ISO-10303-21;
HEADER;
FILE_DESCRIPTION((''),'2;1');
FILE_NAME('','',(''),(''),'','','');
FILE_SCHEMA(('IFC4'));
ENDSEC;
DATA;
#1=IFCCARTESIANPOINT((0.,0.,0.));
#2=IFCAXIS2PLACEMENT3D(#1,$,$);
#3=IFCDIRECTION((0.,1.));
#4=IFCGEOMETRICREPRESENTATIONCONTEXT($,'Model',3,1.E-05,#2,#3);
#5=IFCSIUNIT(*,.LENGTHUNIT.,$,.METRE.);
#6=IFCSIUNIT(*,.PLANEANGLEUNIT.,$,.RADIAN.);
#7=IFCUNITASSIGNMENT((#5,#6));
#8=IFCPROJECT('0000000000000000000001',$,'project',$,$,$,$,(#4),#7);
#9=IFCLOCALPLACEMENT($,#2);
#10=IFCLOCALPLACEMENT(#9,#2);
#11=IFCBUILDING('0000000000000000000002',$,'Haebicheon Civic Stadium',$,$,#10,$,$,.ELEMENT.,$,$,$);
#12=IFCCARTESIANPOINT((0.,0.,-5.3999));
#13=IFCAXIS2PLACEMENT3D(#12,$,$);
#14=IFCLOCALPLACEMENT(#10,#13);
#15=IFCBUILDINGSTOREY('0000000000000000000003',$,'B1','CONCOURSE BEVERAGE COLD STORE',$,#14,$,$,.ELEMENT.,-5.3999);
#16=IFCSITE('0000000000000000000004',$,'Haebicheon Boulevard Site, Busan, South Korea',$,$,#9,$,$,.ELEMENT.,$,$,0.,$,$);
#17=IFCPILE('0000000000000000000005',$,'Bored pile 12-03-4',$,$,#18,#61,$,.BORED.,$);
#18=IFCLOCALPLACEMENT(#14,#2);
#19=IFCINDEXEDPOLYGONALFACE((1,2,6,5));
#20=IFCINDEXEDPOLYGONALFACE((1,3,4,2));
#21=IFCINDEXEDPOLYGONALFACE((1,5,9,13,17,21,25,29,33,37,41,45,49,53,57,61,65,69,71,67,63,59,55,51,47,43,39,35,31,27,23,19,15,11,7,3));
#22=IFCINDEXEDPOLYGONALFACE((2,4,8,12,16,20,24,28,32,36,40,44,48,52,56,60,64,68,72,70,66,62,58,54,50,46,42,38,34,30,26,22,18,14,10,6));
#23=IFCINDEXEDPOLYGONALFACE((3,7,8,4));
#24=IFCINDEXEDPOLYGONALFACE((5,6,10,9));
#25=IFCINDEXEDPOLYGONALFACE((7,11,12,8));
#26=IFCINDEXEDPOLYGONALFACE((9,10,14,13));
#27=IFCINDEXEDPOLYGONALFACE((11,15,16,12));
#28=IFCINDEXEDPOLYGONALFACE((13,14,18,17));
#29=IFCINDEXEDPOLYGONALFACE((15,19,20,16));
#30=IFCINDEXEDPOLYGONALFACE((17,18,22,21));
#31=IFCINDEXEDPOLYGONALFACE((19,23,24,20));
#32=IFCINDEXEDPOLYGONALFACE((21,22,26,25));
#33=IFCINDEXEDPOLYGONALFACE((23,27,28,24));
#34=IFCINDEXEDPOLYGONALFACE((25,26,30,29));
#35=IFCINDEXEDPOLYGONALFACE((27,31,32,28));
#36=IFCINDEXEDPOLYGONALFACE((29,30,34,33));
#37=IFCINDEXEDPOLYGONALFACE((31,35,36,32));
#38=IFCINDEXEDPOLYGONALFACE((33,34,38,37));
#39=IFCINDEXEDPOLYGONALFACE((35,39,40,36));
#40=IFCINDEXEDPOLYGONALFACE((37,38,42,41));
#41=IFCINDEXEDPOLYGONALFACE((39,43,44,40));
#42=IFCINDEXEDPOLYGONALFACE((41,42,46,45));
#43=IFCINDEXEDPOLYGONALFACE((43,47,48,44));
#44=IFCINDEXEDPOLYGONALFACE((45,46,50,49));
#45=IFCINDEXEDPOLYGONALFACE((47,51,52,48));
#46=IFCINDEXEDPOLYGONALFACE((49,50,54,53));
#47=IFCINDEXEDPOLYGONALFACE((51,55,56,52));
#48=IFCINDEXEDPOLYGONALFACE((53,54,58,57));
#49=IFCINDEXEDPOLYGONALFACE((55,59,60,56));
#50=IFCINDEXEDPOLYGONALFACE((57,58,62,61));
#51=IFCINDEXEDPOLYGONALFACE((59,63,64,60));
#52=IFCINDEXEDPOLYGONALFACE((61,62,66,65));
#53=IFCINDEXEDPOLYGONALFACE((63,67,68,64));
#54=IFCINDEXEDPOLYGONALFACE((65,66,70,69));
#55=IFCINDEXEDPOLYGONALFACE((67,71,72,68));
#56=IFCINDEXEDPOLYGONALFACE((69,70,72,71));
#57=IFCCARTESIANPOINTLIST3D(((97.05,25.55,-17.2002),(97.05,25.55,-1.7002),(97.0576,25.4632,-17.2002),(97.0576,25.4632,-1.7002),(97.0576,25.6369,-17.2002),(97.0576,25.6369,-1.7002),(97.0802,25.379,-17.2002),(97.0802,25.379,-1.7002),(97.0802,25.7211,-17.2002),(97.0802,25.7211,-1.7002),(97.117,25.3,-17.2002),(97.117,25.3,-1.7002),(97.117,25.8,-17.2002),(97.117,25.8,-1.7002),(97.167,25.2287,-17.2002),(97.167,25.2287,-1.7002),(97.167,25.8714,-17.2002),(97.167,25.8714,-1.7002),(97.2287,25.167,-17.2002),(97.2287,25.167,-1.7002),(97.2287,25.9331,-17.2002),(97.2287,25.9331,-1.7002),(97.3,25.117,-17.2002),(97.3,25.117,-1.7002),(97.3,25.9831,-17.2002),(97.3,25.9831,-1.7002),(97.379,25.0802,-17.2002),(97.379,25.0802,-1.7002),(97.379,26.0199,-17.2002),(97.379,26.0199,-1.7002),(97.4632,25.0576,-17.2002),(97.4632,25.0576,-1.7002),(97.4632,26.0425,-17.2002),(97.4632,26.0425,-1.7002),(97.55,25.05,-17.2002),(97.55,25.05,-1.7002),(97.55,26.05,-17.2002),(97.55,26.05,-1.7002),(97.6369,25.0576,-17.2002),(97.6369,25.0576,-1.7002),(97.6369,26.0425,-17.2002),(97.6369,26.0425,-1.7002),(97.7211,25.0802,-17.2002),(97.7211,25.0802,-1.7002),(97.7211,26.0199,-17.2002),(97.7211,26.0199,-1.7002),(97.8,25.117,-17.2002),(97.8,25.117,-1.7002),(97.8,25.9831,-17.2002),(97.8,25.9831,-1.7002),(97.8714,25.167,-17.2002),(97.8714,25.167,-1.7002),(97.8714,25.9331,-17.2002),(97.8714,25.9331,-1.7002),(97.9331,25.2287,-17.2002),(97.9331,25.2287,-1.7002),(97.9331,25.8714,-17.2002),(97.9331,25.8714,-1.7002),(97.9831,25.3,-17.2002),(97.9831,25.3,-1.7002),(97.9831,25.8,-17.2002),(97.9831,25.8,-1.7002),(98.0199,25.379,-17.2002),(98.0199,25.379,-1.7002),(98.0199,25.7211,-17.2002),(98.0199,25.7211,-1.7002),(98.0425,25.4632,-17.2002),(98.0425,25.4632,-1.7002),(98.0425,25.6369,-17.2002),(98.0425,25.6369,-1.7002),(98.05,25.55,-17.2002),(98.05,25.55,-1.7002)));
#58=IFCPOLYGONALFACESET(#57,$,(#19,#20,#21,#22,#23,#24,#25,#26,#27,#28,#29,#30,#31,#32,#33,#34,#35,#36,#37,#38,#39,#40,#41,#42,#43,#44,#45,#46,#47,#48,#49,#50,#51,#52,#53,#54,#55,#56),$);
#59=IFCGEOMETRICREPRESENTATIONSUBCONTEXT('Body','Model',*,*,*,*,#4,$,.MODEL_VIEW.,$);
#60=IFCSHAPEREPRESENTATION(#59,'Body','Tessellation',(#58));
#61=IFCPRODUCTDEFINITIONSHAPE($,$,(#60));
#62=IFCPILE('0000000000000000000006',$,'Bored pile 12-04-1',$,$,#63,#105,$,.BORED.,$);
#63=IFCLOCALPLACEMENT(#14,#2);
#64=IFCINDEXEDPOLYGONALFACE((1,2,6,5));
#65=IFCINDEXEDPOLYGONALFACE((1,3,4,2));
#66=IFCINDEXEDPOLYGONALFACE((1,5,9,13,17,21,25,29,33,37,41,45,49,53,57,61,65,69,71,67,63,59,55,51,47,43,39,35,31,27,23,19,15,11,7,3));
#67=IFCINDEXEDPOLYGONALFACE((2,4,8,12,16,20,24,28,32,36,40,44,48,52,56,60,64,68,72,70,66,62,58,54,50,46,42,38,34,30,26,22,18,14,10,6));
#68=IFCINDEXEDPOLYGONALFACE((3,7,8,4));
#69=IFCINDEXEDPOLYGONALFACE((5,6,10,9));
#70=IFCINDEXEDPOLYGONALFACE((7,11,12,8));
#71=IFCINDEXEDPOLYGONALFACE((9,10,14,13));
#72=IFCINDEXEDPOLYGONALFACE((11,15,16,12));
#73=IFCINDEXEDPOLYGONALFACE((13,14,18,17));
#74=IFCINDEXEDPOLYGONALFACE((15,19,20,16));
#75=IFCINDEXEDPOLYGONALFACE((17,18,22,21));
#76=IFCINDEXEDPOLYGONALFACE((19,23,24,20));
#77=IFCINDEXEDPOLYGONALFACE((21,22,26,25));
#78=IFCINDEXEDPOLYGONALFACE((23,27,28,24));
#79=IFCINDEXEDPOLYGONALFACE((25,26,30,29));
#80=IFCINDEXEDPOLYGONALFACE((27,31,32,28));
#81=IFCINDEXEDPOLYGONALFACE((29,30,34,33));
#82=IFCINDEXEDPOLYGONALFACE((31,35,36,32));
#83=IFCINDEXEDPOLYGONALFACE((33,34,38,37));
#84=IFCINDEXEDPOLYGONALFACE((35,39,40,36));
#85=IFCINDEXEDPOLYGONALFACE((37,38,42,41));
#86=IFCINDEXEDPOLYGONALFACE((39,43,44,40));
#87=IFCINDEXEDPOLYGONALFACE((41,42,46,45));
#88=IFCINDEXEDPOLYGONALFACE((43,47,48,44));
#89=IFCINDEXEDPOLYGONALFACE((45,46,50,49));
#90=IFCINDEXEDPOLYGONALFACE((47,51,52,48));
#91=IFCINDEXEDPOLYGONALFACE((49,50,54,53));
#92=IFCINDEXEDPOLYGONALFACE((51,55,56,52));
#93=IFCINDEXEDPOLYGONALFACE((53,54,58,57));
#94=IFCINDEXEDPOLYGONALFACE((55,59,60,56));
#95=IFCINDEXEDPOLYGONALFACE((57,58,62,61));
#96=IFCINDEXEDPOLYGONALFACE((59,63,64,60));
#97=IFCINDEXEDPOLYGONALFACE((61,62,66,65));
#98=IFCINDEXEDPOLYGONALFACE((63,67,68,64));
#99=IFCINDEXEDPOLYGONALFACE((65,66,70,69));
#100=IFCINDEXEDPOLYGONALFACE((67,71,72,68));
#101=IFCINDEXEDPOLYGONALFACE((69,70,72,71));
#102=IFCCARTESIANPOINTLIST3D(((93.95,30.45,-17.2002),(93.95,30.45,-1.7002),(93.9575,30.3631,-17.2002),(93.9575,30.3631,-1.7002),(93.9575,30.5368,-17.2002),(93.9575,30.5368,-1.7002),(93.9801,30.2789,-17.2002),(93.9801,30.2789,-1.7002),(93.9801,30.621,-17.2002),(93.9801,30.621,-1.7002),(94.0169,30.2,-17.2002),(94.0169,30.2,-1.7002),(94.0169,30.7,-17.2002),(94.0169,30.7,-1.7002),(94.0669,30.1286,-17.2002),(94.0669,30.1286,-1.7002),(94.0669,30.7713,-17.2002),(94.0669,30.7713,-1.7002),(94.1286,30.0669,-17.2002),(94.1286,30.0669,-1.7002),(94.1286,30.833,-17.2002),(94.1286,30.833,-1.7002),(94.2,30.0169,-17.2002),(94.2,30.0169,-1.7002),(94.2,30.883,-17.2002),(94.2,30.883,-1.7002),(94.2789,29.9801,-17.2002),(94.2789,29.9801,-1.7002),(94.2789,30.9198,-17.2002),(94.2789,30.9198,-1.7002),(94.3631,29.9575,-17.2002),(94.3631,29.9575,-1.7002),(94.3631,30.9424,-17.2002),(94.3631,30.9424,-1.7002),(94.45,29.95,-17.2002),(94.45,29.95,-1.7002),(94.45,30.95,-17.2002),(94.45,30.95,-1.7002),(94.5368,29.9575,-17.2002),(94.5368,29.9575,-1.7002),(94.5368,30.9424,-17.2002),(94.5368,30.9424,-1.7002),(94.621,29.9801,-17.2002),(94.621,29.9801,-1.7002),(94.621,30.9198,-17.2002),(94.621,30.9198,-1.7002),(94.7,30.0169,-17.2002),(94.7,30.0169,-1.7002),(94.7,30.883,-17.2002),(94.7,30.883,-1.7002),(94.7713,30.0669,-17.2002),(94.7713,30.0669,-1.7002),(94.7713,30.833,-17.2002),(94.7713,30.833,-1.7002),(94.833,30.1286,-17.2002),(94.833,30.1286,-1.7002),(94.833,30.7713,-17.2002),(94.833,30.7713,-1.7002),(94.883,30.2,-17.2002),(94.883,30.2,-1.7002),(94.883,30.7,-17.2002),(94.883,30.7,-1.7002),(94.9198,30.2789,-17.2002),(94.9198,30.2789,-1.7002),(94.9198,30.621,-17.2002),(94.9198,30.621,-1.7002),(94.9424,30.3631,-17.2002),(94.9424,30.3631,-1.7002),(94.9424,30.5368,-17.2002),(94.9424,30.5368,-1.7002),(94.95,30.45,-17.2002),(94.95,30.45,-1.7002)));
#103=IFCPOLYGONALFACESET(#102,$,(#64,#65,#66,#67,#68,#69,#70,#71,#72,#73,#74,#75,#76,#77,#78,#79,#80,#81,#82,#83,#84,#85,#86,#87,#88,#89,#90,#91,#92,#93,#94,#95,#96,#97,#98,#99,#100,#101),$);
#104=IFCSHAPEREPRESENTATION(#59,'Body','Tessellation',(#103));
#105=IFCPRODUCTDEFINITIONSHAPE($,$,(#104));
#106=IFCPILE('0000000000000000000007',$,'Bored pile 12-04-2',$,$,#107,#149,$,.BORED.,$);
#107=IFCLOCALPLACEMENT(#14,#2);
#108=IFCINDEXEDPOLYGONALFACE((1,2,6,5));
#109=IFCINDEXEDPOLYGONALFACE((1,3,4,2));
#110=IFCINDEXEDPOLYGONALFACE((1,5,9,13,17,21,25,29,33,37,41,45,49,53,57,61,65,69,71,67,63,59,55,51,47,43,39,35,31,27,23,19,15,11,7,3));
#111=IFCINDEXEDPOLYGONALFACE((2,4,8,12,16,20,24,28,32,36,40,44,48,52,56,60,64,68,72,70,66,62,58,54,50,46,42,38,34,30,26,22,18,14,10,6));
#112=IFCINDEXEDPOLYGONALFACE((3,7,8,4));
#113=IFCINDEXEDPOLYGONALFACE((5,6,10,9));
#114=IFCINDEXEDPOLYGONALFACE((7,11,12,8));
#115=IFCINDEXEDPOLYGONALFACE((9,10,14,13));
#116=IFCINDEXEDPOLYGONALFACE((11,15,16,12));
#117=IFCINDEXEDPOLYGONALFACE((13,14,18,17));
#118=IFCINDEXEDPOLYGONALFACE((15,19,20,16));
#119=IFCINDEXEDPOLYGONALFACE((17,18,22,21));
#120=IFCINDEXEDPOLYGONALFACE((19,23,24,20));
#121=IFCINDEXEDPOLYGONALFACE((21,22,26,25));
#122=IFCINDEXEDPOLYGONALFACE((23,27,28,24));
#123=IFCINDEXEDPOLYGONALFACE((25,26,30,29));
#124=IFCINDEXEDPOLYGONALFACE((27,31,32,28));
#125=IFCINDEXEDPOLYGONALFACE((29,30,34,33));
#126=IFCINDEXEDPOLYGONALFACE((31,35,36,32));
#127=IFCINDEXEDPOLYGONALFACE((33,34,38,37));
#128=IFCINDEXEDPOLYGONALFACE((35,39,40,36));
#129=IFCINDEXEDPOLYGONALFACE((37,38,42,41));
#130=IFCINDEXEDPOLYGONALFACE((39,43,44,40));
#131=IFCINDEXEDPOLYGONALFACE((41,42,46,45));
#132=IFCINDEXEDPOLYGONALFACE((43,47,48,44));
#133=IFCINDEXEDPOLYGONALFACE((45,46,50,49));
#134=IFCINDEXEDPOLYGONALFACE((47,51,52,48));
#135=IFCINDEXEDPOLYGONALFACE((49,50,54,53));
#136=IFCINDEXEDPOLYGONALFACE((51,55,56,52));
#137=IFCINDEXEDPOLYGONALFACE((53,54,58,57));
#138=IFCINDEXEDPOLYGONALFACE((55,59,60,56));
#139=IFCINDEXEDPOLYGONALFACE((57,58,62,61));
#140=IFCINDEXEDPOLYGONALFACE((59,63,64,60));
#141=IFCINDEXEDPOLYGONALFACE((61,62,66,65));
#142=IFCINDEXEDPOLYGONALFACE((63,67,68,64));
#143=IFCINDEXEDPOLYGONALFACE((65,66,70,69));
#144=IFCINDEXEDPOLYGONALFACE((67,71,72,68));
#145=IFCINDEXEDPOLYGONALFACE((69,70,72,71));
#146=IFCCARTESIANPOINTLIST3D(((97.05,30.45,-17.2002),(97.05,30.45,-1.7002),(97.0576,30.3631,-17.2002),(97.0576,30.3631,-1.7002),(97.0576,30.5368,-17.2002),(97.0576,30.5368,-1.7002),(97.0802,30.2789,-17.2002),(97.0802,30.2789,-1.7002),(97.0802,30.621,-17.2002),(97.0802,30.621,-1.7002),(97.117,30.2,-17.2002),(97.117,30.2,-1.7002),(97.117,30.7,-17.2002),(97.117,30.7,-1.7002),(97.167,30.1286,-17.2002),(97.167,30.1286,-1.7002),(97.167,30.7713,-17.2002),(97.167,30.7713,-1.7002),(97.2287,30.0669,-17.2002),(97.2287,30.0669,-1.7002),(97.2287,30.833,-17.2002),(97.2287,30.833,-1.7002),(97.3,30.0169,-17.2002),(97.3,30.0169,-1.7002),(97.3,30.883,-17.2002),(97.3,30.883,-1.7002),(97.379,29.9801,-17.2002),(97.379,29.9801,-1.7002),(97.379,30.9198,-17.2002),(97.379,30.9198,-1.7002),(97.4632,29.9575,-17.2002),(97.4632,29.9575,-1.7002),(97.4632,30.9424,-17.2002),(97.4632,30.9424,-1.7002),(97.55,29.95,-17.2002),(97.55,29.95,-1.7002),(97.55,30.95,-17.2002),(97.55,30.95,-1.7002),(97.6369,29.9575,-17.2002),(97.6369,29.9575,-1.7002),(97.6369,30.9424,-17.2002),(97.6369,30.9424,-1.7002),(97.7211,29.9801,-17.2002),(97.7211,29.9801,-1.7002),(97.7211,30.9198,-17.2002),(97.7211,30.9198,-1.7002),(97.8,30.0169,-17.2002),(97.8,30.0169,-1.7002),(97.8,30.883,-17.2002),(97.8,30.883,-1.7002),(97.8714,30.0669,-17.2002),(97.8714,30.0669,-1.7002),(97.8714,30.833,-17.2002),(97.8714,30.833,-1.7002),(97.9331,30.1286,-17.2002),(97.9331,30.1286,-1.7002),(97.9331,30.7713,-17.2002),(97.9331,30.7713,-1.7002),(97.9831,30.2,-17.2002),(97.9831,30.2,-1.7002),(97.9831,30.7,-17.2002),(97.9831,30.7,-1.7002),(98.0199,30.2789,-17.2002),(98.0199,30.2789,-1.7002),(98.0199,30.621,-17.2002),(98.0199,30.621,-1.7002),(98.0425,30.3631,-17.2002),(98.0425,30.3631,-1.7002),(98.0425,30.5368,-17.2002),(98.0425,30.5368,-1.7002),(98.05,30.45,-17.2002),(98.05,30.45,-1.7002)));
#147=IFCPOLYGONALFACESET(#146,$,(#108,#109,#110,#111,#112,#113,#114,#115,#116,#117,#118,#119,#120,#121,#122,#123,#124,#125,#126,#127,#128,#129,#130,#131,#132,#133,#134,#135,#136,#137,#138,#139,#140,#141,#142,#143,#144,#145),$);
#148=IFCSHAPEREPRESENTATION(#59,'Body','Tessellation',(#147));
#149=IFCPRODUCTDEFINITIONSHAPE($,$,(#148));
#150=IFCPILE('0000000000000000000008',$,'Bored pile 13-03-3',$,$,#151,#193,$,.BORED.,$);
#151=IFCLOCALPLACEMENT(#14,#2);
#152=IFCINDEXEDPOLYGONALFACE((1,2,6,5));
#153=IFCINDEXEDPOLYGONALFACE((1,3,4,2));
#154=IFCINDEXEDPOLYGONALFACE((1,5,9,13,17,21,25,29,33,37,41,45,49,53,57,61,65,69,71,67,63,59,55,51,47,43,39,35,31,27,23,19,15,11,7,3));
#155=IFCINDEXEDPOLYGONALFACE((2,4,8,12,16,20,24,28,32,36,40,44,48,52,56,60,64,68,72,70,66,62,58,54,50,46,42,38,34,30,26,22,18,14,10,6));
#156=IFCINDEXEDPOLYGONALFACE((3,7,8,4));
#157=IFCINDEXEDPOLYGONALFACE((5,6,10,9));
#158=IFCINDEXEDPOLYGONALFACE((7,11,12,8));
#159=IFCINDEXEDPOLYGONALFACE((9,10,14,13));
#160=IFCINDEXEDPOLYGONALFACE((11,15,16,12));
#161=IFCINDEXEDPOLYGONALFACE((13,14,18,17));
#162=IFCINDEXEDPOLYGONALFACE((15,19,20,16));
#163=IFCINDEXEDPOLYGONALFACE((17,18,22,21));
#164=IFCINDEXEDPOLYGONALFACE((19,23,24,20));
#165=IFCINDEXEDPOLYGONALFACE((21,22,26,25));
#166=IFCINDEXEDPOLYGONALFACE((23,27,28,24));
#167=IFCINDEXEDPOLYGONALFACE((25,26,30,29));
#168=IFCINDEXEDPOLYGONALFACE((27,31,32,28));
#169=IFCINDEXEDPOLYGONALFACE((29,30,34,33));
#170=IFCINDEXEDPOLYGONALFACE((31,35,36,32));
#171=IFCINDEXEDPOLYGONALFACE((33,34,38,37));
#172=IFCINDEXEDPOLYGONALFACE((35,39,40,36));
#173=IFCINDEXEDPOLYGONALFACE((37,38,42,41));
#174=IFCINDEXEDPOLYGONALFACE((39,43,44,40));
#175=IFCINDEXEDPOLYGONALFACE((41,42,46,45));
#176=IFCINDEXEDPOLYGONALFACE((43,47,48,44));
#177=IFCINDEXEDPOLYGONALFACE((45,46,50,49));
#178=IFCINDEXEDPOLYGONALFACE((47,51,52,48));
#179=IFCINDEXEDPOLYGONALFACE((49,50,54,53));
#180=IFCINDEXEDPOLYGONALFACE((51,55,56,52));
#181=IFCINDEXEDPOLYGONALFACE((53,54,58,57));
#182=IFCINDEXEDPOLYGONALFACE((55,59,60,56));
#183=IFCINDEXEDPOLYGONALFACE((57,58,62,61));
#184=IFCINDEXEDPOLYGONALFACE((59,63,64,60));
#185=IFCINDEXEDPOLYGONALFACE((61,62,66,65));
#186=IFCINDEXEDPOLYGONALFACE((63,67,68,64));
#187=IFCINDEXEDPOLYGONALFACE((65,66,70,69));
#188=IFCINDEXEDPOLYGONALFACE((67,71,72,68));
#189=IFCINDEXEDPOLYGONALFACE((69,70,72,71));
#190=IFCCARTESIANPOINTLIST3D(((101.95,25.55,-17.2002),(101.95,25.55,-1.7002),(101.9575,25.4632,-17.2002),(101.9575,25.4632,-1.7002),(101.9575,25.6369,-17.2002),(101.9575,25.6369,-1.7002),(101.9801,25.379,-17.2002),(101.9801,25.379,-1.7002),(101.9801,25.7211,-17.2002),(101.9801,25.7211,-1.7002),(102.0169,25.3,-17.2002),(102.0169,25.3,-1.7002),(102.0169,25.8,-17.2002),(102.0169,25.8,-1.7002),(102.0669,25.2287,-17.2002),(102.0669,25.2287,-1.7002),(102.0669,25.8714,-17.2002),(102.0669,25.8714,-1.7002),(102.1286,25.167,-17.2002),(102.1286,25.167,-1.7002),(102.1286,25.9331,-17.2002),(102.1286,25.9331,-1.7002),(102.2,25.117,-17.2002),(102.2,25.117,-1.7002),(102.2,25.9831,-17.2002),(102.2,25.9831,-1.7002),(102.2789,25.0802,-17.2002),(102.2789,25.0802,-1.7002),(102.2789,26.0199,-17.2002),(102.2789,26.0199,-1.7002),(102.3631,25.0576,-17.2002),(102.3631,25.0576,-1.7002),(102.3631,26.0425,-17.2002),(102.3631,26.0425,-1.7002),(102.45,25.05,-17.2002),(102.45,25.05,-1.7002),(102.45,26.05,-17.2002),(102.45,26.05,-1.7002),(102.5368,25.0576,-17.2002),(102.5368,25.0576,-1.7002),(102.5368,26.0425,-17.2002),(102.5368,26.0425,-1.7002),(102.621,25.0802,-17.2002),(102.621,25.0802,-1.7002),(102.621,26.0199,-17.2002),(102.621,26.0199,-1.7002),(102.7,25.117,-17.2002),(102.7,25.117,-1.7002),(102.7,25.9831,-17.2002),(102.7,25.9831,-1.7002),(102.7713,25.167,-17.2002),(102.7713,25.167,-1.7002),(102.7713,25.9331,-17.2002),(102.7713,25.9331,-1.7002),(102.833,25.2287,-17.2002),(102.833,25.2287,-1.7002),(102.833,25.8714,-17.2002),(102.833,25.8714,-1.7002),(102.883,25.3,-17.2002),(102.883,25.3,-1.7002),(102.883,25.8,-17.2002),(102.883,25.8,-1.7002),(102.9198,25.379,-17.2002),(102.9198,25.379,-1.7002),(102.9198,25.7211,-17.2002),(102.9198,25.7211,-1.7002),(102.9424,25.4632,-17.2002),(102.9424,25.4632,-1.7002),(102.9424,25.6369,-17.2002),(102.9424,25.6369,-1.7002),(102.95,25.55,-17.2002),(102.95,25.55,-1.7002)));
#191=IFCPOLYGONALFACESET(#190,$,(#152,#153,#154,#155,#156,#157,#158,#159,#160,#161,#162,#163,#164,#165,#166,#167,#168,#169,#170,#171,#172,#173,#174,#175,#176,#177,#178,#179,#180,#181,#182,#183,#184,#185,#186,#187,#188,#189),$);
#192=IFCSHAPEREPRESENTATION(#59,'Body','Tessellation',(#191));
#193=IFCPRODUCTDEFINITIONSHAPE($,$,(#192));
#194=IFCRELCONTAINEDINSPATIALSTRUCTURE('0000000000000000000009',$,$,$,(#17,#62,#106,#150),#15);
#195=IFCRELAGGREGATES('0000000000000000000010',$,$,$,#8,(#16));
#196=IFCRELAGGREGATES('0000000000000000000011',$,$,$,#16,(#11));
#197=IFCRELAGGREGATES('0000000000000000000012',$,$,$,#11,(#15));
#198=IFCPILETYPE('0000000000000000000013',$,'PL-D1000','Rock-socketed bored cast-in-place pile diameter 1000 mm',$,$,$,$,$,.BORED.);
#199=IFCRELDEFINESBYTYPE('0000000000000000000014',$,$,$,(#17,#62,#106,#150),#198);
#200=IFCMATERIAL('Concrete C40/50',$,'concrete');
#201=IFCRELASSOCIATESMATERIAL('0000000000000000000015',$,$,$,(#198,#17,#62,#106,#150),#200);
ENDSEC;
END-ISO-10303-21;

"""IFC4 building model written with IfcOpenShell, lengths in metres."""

from ifc_helpers import new_model, si_unit, direction, frame, origin, origin_2d, place, context, subcontext, project, spatial, circle, extrude, material, material_profile, profile_set, type_object, element, save


model = new_model("IFC4")

# Units and contexts
model_context = context("Model", 3, precision=1e-05, world=origin(), true_north=direction((0.0, 1.0)))
body_context = subcontext(model_context, "Body", "Model", "MODEL_VIEW")
ifc_project = project(units=[si_unit("LENGTHUNIT", "METRE"), si_unit("PLANEANGLEUNIT", "RADIAN")], contexts=[model_context])

# Site, building, storey
site_placement = place(None, origin())
site = spatial("IfcSite", under=ifc_project, at=site_placement, Name="Haebicheon Boulevard Site, Busan, South Korea", CompositionType="ELEMENT", RefElevation=0.0)
building_placement = place(site_placement, origin())
building = spatial("IfcBuilding", under=site, at=building_placement, Name="Haebicheon Civic Stadium", CompositionType="ELEMENT")
storey_placement = place(building_placement, frame((0.0, 0.0, -5.3999)))
storey = spatial("IfcBuildingStorey", under=building, at=storey_placement, Name="B1", Description="CONCOURSE BEVERAGE COLD STORE", CompositionType="ELEMENT", Elevation=-5.3999)

# Piles
ifc_material_1 = material(Name="Concrete C40/50", Category="concrete")
ifc_material_profile_1 = material_profile(ifc_material_1, circle(Radius=0.5, at=origin_2d()), Name="PILE-D1000")
ifc_profile_set_1 = profile_set([ifc_material_profile_1], Name="Concrete C40/50")
pile_type = type_object("IfcPileType", Name="PL-D1000", Description="Rock-socketed bored cast-in-place pile diameter 1000 mm", PredefinedType="BORED", material=ifc_profile_set_1)
for number, where, z_axis, x_axis, name in (
    (1, (97.55, 25.55, -1.7002), (0.0, 0.0, -1.0), (1.0, 0.0, 0.0), "Bored pile 12-03-4"),
    (2, (94.45, 30.45, -1.7002), (0.0, 0.0, -1.0), (1.0, 0.0, 0.0), "Bored pile 12-04-1"),
    (3, (97.55, 30.45, -1.7002), (0.0, 0.0, -1.0), (1.0, 0.0, 0.0), "Bored pile 12-04-2"),
    (4, (102.45, 25.55, -1.7002), (0.0, 0.0, -1.0), (1.0, 0.0, 0.0), "Bored pile 13-03-3"),
):
    element("IfcPile", number, at=place(storey_placement, frame(where, z_axis=z_axis, x_axis=x_axis)), inside=storey, type_object=pile_type, material=ifc_profile_set_1, Name=name, PredefinedType="BORED", context=body_context, shape_type="SweptSolid", body=[
        extrude(circle(Radius=0.5, at=origin_2d()), origin(), (0.0, 0.0, 1.0), 15.5),
    ])

save(model, "model.ifc")
